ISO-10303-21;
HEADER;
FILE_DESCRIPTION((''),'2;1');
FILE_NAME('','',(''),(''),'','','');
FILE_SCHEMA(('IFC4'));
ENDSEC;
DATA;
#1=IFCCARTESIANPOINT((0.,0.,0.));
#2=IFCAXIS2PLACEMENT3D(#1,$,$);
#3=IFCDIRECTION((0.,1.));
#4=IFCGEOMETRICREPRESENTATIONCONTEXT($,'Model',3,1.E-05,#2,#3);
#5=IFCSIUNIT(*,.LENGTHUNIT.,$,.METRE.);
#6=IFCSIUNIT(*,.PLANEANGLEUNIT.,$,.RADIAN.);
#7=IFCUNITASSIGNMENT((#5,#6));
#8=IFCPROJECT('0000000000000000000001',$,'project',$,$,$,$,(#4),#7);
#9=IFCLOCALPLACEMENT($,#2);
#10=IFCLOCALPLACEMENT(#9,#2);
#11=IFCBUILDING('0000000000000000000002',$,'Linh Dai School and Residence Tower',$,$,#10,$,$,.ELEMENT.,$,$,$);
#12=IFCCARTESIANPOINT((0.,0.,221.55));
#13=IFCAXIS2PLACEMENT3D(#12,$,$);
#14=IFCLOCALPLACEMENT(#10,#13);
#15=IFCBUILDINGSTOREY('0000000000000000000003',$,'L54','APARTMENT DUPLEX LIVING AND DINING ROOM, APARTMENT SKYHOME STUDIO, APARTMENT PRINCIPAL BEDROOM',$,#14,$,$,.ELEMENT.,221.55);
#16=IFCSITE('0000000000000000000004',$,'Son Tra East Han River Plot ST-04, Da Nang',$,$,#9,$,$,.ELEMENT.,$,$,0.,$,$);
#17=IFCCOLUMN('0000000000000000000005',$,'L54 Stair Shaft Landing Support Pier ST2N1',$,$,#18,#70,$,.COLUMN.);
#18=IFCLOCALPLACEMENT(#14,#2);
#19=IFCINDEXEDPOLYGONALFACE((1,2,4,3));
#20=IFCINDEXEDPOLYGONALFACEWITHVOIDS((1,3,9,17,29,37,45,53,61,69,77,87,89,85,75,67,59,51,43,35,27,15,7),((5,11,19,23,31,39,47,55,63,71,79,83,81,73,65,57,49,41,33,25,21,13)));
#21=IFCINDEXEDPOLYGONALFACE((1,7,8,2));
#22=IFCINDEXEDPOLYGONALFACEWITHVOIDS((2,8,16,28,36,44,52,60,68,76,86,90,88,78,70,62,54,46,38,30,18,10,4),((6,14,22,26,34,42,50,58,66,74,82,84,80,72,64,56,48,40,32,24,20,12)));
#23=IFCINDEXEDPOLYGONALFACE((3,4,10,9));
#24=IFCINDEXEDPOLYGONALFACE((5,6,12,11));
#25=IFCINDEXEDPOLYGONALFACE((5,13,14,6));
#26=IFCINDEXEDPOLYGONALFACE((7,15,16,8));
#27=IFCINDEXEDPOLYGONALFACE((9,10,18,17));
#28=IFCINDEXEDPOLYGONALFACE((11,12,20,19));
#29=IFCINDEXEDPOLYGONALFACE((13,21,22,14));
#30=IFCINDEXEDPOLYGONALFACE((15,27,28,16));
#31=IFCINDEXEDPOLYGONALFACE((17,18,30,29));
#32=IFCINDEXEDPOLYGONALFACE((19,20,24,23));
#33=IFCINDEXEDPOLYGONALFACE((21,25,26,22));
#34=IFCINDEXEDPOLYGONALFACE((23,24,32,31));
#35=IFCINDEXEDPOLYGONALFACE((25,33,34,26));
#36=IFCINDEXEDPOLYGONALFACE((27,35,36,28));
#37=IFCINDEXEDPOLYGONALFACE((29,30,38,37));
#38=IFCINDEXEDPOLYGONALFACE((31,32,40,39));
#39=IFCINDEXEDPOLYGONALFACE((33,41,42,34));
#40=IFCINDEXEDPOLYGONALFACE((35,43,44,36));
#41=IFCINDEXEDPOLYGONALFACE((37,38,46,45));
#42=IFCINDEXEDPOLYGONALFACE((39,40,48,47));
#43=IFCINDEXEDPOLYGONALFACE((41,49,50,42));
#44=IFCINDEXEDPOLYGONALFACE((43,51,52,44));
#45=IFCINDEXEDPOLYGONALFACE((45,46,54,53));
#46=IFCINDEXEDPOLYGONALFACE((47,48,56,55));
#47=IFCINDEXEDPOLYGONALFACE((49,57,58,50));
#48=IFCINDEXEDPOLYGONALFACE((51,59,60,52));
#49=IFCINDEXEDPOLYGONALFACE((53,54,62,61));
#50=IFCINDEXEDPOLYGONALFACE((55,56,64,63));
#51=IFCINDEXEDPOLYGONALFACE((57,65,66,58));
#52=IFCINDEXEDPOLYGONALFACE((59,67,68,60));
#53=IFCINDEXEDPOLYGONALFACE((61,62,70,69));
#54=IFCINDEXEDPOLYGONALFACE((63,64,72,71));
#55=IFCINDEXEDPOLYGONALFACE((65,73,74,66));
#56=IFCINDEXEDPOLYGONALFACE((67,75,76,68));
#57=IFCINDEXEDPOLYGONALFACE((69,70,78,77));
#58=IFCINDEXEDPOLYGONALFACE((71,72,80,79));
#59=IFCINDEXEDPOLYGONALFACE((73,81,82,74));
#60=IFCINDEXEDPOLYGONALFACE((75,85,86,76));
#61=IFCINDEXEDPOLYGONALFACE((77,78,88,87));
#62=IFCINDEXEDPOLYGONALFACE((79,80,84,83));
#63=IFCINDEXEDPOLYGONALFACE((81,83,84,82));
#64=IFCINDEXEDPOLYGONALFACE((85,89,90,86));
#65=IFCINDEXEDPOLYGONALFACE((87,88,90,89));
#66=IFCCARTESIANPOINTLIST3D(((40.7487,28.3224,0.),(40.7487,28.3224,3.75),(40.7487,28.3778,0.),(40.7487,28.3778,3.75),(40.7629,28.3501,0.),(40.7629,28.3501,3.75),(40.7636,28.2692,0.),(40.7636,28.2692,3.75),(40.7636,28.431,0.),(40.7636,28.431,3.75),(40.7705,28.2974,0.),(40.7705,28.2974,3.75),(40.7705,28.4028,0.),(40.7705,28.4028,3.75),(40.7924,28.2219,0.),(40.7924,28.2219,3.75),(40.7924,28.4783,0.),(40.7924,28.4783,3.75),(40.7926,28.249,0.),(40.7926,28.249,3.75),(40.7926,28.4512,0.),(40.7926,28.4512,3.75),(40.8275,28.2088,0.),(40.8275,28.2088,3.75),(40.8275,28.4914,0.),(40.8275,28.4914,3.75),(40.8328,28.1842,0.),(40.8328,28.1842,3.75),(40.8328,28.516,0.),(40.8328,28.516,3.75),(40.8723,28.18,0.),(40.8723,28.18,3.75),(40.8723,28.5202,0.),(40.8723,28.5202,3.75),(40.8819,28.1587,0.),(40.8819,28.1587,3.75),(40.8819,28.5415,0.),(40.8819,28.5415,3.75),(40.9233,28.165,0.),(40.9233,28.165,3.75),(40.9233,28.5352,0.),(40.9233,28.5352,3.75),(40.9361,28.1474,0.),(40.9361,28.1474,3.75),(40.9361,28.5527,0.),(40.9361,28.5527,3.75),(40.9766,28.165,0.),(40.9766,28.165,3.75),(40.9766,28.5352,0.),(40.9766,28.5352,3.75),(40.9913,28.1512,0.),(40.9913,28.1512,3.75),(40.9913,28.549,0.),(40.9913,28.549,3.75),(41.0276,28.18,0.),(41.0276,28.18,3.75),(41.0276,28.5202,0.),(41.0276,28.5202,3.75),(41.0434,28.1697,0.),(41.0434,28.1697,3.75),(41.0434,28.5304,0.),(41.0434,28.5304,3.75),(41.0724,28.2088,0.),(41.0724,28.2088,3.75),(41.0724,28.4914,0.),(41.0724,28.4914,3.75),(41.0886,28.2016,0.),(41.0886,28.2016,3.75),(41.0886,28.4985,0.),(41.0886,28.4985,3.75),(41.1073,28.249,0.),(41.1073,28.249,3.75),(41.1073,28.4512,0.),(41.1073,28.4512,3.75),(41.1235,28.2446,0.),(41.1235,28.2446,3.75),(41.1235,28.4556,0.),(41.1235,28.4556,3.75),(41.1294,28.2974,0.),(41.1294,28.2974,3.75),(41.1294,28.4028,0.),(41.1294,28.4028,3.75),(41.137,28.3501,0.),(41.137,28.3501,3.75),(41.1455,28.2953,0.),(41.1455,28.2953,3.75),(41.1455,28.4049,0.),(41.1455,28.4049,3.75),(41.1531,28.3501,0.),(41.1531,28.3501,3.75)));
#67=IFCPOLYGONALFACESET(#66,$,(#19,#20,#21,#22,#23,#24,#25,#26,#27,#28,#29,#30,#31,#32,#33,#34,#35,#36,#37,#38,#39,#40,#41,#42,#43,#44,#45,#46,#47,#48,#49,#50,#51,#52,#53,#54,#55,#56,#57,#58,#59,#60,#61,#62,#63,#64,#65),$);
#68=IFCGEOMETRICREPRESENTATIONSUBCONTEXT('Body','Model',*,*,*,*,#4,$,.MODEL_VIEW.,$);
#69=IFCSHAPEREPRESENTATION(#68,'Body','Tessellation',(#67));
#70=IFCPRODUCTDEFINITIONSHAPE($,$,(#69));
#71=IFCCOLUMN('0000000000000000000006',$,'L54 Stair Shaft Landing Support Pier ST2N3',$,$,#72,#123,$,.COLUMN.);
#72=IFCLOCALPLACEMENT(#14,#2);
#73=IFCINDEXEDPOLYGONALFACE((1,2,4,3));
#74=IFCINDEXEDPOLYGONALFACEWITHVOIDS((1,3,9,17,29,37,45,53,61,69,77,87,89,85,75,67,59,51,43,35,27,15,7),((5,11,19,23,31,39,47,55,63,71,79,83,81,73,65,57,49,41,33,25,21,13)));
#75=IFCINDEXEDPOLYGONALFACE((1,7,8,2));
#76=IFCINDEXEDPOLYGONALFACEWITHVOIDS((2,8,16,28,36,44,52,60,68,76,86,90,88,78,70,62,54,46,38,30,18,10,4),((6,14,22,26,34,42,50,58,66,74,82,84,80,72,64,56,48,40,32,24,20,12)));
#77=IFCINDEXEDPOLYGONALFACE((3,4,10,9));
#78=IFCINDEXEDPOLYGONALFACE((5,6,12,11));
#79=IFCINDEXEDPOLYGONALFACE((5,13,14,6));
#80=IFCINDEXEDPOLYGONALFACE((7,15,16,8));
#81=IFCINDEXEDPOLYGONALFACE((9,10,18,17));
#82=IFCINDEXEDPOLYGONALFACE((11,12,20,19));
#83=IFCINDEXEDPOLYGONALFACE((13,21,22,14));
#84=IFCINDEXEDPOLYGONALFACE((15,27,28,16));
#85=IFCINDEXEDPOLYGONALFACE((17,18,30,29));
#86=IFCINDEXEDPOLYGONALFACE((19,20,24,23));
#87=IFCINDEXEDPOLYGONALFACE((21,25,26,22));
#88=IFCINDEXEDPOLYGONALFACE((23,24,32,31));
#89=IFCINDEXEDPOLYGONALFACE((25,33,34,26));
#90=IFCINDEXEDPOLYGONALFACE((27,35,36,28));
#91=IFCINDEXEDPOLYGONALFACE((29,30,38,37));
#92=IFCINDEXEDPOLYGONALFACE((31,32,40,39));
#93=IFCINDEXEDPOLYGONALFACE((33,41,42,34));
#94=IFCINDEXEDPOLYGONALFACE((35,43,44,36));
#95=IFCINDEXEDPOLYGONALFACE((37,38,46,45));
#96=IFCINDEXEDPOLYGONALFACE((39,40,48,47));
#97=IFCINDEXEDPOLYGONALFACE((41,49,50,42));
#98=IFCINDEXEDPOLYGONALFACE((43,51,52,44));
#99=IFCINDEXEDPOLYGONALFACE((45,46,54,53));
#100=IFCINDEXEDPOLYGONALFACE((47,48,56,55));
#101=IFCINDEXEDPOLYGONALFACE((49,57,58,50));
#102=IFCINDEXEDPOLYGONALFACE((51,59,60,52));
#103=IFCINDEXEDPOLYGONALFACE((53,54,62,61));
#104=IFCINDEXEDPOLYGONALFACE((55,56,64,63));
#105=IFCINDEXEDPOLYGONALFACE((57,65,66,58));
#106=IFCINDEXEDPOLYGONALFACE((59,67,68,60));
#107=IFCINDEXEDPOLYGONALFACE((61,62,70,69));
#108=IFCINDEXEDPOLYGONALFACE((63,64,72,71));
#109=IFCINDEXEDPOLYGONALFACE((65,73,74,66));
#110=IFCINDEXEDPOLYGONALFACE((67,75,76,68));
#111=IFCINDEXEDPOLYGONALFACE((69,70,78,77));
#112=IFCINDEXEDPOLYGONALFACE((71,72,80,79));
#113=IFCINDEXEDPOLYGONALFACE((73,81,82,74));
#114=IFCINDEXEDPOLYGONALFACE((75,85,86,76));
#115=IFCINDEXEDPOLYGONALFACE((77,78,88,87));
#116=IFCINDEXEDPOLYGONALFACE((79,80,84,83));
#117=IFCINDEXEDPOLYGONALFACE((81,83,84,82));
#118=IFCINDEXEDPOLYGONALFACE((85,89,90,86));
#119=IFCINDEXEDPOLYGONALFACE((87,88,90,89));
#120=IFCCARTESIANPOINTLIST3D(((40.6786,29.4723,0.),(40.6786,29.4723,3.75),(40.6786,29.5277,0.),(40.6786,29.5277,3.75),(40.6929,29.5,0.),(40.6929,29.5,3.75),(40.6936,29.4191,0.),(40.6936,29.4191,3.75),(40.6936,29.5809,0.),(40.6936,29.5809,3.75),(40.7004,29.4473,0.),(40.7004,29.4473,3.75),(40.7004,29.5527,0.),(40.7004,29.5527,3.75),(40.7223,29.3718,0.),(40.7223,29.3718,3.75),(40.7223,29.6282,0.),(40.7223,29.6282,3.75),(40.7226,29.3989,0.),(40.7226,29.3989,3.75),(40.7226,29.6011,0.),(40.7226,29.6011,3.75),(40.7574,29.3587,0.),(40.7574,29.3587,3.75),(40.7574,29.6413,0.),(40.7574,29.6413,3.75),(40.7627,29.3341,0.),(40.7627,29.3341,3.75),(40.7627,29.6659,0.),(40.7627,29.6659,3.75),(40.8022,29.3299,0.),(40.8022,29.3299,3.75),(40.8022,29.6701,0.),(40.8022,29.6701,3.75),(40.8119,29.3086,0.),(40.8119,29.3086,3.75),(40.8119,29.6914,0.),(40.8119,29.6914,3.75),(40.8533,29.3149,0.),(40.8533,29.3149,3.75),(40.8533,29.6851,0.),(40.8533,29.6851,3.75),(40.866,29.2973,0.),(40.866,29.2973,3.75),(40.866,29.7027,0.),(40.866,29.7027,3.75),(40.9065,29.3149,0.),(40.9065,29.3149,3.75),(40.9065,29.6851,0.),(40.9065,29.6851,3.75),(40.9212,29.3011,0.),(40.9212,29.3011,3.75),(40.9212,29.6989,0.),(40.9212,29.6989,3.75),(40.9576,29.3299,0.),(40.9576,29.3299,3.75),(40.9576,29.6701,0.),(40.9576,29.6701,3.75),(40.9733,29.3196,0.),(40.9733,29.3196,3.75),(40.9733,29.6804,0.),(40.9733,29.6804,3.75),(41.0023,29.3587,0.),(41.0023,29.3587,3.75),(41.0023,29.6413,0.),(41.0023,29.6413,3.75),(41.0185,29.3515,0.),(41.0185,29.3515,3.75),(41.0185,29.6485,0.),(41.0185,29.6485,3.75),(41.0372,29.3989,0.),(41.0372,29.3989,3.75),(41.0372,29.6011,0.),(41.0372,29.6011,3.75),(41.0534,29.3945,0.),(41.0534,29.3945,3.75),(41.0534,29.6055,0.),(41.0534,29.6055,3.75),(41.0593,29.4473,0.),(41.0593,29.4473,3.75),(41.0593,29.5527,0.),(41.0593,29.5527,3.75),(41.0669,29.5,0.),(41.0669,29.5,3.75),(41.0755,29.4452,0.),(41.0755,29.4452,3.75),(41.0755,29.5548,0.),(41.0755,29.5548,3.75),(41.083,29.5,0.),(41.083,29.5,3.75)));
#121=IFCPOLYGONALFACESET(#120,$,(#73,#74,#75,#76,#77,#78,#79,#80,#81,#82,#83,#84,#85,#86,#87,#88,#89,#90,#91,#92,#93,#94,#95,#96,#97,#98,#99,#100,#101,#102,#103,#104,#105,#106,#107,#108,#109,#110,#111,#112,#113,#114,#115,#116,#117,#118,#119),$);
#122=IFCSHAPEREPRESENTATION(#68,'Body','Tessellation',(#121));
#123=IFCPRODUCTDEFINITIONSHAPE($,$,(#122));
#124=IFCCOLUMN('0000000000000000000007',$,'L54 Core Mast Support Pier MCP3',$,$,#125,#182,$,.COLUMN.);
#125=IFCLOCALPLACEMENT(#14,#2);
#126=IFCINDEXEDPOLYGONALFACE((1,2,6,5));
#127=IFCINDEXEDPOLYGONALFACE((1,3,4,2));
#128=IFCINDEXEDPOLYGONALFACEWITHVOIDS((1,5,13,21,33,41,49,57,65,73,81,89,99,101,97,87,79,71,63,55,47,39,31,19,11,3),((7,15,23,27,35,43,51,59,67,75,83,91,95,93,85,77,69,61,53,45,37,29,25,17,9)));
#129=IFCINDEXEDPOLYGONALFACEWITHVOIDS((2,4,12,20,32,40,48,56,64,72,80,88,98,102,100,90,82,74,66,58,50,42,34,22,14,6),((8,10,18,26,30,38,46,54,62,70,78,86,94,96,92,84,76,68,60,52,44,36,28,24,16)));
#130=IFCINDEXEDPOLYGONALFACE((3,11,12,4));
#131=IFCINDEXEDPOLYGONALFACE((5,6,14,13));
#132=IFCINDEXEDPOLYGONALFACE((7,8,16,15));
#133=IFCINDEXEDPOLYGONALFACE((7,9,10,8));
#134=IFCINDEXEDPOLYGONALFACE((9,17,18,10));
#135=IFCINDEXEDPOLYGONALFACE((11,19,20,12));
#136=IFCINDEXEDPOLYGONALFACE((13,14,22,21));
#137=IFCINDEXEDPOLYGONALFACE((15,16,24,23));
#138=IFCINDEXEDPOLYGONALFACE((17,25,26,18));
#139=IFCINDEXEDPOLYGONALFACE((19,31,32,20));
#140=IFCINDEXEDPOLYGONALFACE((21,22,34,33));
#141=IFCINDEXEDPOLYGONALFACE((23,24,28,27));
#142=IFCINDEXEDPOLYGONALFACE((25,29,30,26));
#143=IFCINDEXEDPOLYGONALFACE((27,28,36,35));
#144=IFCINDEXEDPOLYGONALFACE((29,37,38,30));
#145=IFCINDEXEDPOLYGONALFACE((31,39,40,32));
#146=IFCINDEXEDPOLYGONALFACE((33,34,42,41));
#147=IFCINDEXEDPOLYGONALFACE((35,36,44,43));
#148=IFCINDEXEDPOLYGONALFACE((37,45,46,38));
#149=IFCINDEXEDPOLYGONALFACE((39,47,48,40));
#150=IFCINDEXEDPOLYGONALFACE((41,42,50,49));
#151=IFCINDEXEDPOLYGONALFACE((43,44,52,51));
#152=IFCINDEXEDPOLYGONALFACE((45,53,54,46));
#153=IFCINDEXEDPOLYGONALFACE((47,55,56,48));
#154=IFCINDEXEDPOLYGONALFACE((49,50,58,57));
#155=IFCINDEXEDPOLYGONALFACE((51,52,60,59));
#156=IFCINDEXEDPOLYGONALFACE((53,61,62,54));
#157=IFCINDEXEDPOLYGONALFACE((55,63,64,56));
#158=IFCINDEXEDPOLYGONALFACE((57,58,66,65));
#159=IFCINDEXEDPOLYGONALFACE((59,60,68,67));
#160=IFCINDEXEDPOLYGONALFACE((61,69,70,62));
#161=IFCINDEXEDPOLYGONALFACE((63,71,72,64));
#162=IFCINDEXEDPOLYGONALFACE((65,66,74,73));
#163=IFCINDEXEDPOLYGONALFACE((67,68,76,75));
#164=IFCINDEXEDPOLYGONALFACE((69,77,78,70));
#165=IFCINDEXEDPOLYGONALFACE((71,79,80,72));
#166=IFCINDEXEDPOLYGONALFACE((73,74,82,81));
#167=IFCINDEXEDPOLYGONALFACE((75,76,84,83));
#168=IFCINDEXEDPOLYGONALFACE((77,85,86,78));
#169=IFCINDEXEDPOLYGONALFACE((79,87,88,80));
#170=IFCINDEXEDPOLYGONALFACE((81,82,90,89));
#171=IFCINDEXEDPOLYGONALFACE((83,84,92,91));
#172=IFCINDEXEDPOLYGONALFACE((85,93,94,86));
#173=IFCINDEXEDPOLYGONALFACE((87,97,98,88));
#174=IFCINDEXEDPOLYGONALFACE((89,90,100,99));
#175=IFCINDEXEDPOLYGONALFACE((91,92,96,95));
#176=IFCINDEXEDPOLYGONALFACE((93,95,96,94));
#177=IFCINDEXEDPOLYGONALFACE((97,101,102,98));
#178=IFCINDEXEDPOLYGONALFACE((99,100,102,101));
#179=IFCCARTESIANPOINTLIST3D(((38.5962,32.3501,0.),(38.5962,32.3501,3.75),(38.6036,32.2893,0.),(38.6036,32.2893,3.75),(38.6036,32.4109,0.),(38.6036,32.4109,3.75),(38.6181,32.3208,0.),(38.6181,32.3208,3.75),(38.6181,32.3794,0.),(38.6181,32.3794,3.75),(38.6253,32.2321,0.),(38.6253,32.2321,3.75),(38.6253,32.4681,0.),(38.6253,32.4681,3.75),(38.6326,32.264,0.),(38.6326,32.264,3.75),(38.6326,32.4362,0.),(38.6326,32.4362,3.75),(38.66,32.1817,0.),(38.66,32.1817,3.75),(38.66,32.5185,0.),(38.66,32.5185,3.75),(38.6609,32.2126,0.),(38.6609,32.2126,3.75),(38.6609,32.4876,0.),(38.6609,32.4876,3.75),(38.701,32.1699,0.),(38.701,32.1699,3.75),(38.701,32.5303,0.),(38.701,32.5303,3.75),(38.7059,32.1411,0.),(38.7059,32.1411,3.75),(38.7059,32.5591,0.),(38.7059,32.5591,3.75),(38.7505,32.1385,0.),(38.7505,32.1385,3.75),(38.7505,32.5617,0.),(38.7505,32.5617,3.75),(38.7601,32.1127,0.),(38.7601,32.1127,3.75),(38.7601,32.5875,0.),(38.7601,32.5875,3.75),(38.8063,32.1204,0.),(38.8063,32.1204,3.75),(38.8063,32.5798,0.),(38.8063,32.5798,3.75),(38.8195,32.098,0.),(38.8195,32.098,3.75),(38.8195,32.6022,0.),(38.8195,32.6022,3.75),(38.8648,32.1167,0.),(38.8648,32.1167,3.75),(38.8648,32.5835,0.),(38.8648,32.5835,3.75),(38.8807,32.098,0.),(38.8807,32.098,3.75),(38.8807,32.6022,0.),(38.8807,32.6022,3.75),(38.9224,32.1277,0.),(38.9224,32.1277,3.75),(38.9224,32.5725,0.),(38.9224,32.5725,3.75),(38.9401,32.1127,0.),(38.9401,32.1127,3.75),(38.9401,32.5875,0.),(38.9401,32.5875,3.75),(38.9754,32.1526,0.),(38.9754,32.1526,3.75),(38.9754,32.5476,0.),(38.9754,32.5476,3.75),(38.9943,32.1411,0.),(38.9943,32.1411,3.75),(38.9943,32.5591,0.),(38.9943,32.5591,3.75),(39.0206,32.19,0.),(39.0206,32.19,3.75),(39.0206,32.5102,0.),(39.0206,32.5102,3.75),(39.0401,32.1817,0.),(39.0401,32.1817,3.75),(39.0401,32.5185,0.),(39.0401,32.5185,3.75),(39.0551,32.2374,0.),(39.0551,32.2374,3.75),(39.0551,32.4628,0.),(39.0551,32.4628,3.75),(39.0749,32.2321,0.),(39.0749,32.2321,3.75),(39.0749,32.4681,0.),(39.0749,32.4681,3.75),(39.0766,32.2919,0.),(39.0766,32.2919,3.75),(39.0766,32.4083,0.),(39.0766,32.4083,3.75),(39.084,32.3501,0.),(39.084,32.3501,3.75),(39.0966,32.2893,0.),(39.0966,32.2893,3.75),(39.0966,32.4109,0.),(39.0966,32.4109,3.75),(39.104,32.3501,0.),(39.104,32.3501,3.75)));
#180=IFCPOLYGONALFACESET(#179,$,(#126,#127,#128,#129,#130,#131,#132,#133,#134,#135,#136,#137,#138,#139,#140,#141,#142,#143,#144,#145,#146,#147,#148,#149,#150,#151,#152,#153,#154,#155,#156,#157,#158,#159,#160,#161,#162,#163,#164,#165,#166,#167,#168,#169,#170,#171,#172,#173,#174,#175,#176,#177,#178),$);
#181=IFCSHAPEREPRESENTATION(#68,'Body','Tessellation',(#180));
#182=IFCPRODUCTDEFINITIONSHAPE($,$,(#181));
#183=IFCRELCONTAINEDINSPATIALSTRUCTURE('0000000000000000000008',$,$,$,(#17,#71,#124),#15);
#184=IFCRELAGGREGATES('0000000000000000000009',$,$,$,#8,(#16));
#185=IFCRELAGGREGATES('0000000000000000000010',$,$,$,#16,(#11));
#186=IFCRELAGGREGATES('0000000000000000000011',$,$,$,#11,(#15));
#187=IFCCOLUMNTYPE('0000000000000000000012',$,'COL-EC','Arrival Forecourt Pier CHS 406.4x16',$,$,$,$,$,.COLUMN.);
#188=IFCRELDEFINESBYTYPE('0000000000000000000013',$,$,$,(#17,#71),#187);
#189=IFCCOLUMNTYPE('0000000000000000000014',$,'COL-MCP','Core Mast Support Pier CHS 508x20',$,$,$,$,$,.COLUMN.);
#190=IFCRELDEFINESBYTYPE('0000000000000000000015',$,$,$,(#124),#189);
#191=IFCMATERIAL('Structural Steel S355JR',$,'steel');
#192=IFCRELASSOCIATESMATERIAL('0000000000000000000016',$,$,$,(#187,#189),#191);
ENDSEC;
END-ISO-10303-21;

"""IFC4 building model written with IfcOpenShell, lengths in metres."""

from ifc_helpers import new_model, si_unit, direction, frame, origin, origin_2d, place, context, subcontext, project, spatial, hollow_circle, extrude, material, material_profile, profile_set, type_object, element, save


model = new_model("IFC4")

# Units and contexts
model_context = context("Model", 3, precision=1e-05, world=origin(), true_north=direction((0.0, 1.0)))
body_context = subcontext(model_context, "Body", "Model", "MODEL_VIEW")
ifc_project = project(units=[si_unit("LENGTHUNIT", "METRE"), si_unit("PLANEANGLEUNIT", "RADIAN")], contexts=[model_context])

# Site, building, storey
site_placement = place(None, origin())
site = spatial("IfcSite", under=ifc_project, at=site_placement, Name="Son Tra East Han River Plot ST-04, Da Nang", CompositionType="ELEMENT", RefElevation=0.0)
building_placement = place(site_placement, origin())
building = spatial("IfcBuilding", under=site, at=building_placement, Name="Linh Dai School and Residence Tower", CompositionType="ELEMENT")
storey_placement = place(building_placement, frame((0.0, 0.0, 221.55)))
storey = spatial("IfcBuildingStorey", under=building, at=storey_placement, Name="L54", Description="APARTMENT DUPLEX LIVING AND DINING ROOM, APARTMENT SKYHOME STUDIO, APARTMENT PRINCIPAL BEDROOM", CompositionType="ELEMENT", Elevation=221.55)

# Columns
ifc_material_1 = material(Name="Structural Steel S355JR", Category="steel")
ifc_material_profile_1 = material_profile(ifc_material_1, hollow_circle(Radius=0.2031, WallThickness=0.0161, at=origin_2d()), Name="CHS 406.4x16")
ifc_profile_set_1 = profile_set([ifc_material_profile_1], Name="Structural Steel S355JR")
column_type_1 = type_object("IfcColumnType", Name="COL-EC", Description="Arrival Forecourt Pier CHS 406.4x16", PredefinedType="COLUMN", material=ifc_profile_set_1)
for number, where, z_axis, x_axis, name in (
    (1, (40.95, 28.3501, 0.0), (0.0, 0.0, 1.0), (1.0, 0.0, 0.0), "L54 Stair Shaft Landing Support Pier ST2N1"),
    (2, (40.8799, 29.5, 0.0), (0.0, 0.0, 1.0), (1.0, 0.0, 0.0), "L54 Stair Shaft Landing Support Pier ST2N3"),
):
    element("IfcColumn", number, at=place(storey_placement, frame(where, z_axis=z_axis, x_axis=x_axis)), inside=storey, type_object=column_type_1, Name=name, PredefinedType="COLUMN", context=body_context, shape_type="SweptSolid", body=[
        extrude(hollow_circle(Radius=0.2031, WallThickness=0.0161, at=origin_2d()), origin(), (0.0, 0.0, 1.0), 3.75),
    ])
ifc_material_profile_2 = material_profile(ifc_material_1, hollow_circle(Radius=0.2539, WallThickness=0.02, at=origin_2d()), Name="CHS 508x20")
ifc_profile_set_2 = profile_set([ifc_material_profile_2], Name="Structural Steel S355JR")
column_type_2 = type_object("IfcColumnType", Name="COL-MCP", Description="Core Mast Support Pier CHS 508x20", PredefinedType="COLUMN", material=ifc_profile_set_2)
column_placement = place(storey_placement, frame((38.8501, 32.3501, 0.0), z_axis=(0.0, 0.0, 1.0), x_axis=(1.0, 0.0, 0.0)))
element("IfcColumn", 3, at=column_placement, inside=storey, type_object=column_type_2, Name="L54 Core Mast Support Pier MCP3", PredefinedType="COLUMN", context=body_context, shape_type="SweptSolid", body=[
    extrude(hollow_circle(Radius=0.2539, WallThickness=0.02, at=origin_2d()), origin(), (0.0, 0.0, 1.0), 3.75),
])

save(model, "model.ifc")
